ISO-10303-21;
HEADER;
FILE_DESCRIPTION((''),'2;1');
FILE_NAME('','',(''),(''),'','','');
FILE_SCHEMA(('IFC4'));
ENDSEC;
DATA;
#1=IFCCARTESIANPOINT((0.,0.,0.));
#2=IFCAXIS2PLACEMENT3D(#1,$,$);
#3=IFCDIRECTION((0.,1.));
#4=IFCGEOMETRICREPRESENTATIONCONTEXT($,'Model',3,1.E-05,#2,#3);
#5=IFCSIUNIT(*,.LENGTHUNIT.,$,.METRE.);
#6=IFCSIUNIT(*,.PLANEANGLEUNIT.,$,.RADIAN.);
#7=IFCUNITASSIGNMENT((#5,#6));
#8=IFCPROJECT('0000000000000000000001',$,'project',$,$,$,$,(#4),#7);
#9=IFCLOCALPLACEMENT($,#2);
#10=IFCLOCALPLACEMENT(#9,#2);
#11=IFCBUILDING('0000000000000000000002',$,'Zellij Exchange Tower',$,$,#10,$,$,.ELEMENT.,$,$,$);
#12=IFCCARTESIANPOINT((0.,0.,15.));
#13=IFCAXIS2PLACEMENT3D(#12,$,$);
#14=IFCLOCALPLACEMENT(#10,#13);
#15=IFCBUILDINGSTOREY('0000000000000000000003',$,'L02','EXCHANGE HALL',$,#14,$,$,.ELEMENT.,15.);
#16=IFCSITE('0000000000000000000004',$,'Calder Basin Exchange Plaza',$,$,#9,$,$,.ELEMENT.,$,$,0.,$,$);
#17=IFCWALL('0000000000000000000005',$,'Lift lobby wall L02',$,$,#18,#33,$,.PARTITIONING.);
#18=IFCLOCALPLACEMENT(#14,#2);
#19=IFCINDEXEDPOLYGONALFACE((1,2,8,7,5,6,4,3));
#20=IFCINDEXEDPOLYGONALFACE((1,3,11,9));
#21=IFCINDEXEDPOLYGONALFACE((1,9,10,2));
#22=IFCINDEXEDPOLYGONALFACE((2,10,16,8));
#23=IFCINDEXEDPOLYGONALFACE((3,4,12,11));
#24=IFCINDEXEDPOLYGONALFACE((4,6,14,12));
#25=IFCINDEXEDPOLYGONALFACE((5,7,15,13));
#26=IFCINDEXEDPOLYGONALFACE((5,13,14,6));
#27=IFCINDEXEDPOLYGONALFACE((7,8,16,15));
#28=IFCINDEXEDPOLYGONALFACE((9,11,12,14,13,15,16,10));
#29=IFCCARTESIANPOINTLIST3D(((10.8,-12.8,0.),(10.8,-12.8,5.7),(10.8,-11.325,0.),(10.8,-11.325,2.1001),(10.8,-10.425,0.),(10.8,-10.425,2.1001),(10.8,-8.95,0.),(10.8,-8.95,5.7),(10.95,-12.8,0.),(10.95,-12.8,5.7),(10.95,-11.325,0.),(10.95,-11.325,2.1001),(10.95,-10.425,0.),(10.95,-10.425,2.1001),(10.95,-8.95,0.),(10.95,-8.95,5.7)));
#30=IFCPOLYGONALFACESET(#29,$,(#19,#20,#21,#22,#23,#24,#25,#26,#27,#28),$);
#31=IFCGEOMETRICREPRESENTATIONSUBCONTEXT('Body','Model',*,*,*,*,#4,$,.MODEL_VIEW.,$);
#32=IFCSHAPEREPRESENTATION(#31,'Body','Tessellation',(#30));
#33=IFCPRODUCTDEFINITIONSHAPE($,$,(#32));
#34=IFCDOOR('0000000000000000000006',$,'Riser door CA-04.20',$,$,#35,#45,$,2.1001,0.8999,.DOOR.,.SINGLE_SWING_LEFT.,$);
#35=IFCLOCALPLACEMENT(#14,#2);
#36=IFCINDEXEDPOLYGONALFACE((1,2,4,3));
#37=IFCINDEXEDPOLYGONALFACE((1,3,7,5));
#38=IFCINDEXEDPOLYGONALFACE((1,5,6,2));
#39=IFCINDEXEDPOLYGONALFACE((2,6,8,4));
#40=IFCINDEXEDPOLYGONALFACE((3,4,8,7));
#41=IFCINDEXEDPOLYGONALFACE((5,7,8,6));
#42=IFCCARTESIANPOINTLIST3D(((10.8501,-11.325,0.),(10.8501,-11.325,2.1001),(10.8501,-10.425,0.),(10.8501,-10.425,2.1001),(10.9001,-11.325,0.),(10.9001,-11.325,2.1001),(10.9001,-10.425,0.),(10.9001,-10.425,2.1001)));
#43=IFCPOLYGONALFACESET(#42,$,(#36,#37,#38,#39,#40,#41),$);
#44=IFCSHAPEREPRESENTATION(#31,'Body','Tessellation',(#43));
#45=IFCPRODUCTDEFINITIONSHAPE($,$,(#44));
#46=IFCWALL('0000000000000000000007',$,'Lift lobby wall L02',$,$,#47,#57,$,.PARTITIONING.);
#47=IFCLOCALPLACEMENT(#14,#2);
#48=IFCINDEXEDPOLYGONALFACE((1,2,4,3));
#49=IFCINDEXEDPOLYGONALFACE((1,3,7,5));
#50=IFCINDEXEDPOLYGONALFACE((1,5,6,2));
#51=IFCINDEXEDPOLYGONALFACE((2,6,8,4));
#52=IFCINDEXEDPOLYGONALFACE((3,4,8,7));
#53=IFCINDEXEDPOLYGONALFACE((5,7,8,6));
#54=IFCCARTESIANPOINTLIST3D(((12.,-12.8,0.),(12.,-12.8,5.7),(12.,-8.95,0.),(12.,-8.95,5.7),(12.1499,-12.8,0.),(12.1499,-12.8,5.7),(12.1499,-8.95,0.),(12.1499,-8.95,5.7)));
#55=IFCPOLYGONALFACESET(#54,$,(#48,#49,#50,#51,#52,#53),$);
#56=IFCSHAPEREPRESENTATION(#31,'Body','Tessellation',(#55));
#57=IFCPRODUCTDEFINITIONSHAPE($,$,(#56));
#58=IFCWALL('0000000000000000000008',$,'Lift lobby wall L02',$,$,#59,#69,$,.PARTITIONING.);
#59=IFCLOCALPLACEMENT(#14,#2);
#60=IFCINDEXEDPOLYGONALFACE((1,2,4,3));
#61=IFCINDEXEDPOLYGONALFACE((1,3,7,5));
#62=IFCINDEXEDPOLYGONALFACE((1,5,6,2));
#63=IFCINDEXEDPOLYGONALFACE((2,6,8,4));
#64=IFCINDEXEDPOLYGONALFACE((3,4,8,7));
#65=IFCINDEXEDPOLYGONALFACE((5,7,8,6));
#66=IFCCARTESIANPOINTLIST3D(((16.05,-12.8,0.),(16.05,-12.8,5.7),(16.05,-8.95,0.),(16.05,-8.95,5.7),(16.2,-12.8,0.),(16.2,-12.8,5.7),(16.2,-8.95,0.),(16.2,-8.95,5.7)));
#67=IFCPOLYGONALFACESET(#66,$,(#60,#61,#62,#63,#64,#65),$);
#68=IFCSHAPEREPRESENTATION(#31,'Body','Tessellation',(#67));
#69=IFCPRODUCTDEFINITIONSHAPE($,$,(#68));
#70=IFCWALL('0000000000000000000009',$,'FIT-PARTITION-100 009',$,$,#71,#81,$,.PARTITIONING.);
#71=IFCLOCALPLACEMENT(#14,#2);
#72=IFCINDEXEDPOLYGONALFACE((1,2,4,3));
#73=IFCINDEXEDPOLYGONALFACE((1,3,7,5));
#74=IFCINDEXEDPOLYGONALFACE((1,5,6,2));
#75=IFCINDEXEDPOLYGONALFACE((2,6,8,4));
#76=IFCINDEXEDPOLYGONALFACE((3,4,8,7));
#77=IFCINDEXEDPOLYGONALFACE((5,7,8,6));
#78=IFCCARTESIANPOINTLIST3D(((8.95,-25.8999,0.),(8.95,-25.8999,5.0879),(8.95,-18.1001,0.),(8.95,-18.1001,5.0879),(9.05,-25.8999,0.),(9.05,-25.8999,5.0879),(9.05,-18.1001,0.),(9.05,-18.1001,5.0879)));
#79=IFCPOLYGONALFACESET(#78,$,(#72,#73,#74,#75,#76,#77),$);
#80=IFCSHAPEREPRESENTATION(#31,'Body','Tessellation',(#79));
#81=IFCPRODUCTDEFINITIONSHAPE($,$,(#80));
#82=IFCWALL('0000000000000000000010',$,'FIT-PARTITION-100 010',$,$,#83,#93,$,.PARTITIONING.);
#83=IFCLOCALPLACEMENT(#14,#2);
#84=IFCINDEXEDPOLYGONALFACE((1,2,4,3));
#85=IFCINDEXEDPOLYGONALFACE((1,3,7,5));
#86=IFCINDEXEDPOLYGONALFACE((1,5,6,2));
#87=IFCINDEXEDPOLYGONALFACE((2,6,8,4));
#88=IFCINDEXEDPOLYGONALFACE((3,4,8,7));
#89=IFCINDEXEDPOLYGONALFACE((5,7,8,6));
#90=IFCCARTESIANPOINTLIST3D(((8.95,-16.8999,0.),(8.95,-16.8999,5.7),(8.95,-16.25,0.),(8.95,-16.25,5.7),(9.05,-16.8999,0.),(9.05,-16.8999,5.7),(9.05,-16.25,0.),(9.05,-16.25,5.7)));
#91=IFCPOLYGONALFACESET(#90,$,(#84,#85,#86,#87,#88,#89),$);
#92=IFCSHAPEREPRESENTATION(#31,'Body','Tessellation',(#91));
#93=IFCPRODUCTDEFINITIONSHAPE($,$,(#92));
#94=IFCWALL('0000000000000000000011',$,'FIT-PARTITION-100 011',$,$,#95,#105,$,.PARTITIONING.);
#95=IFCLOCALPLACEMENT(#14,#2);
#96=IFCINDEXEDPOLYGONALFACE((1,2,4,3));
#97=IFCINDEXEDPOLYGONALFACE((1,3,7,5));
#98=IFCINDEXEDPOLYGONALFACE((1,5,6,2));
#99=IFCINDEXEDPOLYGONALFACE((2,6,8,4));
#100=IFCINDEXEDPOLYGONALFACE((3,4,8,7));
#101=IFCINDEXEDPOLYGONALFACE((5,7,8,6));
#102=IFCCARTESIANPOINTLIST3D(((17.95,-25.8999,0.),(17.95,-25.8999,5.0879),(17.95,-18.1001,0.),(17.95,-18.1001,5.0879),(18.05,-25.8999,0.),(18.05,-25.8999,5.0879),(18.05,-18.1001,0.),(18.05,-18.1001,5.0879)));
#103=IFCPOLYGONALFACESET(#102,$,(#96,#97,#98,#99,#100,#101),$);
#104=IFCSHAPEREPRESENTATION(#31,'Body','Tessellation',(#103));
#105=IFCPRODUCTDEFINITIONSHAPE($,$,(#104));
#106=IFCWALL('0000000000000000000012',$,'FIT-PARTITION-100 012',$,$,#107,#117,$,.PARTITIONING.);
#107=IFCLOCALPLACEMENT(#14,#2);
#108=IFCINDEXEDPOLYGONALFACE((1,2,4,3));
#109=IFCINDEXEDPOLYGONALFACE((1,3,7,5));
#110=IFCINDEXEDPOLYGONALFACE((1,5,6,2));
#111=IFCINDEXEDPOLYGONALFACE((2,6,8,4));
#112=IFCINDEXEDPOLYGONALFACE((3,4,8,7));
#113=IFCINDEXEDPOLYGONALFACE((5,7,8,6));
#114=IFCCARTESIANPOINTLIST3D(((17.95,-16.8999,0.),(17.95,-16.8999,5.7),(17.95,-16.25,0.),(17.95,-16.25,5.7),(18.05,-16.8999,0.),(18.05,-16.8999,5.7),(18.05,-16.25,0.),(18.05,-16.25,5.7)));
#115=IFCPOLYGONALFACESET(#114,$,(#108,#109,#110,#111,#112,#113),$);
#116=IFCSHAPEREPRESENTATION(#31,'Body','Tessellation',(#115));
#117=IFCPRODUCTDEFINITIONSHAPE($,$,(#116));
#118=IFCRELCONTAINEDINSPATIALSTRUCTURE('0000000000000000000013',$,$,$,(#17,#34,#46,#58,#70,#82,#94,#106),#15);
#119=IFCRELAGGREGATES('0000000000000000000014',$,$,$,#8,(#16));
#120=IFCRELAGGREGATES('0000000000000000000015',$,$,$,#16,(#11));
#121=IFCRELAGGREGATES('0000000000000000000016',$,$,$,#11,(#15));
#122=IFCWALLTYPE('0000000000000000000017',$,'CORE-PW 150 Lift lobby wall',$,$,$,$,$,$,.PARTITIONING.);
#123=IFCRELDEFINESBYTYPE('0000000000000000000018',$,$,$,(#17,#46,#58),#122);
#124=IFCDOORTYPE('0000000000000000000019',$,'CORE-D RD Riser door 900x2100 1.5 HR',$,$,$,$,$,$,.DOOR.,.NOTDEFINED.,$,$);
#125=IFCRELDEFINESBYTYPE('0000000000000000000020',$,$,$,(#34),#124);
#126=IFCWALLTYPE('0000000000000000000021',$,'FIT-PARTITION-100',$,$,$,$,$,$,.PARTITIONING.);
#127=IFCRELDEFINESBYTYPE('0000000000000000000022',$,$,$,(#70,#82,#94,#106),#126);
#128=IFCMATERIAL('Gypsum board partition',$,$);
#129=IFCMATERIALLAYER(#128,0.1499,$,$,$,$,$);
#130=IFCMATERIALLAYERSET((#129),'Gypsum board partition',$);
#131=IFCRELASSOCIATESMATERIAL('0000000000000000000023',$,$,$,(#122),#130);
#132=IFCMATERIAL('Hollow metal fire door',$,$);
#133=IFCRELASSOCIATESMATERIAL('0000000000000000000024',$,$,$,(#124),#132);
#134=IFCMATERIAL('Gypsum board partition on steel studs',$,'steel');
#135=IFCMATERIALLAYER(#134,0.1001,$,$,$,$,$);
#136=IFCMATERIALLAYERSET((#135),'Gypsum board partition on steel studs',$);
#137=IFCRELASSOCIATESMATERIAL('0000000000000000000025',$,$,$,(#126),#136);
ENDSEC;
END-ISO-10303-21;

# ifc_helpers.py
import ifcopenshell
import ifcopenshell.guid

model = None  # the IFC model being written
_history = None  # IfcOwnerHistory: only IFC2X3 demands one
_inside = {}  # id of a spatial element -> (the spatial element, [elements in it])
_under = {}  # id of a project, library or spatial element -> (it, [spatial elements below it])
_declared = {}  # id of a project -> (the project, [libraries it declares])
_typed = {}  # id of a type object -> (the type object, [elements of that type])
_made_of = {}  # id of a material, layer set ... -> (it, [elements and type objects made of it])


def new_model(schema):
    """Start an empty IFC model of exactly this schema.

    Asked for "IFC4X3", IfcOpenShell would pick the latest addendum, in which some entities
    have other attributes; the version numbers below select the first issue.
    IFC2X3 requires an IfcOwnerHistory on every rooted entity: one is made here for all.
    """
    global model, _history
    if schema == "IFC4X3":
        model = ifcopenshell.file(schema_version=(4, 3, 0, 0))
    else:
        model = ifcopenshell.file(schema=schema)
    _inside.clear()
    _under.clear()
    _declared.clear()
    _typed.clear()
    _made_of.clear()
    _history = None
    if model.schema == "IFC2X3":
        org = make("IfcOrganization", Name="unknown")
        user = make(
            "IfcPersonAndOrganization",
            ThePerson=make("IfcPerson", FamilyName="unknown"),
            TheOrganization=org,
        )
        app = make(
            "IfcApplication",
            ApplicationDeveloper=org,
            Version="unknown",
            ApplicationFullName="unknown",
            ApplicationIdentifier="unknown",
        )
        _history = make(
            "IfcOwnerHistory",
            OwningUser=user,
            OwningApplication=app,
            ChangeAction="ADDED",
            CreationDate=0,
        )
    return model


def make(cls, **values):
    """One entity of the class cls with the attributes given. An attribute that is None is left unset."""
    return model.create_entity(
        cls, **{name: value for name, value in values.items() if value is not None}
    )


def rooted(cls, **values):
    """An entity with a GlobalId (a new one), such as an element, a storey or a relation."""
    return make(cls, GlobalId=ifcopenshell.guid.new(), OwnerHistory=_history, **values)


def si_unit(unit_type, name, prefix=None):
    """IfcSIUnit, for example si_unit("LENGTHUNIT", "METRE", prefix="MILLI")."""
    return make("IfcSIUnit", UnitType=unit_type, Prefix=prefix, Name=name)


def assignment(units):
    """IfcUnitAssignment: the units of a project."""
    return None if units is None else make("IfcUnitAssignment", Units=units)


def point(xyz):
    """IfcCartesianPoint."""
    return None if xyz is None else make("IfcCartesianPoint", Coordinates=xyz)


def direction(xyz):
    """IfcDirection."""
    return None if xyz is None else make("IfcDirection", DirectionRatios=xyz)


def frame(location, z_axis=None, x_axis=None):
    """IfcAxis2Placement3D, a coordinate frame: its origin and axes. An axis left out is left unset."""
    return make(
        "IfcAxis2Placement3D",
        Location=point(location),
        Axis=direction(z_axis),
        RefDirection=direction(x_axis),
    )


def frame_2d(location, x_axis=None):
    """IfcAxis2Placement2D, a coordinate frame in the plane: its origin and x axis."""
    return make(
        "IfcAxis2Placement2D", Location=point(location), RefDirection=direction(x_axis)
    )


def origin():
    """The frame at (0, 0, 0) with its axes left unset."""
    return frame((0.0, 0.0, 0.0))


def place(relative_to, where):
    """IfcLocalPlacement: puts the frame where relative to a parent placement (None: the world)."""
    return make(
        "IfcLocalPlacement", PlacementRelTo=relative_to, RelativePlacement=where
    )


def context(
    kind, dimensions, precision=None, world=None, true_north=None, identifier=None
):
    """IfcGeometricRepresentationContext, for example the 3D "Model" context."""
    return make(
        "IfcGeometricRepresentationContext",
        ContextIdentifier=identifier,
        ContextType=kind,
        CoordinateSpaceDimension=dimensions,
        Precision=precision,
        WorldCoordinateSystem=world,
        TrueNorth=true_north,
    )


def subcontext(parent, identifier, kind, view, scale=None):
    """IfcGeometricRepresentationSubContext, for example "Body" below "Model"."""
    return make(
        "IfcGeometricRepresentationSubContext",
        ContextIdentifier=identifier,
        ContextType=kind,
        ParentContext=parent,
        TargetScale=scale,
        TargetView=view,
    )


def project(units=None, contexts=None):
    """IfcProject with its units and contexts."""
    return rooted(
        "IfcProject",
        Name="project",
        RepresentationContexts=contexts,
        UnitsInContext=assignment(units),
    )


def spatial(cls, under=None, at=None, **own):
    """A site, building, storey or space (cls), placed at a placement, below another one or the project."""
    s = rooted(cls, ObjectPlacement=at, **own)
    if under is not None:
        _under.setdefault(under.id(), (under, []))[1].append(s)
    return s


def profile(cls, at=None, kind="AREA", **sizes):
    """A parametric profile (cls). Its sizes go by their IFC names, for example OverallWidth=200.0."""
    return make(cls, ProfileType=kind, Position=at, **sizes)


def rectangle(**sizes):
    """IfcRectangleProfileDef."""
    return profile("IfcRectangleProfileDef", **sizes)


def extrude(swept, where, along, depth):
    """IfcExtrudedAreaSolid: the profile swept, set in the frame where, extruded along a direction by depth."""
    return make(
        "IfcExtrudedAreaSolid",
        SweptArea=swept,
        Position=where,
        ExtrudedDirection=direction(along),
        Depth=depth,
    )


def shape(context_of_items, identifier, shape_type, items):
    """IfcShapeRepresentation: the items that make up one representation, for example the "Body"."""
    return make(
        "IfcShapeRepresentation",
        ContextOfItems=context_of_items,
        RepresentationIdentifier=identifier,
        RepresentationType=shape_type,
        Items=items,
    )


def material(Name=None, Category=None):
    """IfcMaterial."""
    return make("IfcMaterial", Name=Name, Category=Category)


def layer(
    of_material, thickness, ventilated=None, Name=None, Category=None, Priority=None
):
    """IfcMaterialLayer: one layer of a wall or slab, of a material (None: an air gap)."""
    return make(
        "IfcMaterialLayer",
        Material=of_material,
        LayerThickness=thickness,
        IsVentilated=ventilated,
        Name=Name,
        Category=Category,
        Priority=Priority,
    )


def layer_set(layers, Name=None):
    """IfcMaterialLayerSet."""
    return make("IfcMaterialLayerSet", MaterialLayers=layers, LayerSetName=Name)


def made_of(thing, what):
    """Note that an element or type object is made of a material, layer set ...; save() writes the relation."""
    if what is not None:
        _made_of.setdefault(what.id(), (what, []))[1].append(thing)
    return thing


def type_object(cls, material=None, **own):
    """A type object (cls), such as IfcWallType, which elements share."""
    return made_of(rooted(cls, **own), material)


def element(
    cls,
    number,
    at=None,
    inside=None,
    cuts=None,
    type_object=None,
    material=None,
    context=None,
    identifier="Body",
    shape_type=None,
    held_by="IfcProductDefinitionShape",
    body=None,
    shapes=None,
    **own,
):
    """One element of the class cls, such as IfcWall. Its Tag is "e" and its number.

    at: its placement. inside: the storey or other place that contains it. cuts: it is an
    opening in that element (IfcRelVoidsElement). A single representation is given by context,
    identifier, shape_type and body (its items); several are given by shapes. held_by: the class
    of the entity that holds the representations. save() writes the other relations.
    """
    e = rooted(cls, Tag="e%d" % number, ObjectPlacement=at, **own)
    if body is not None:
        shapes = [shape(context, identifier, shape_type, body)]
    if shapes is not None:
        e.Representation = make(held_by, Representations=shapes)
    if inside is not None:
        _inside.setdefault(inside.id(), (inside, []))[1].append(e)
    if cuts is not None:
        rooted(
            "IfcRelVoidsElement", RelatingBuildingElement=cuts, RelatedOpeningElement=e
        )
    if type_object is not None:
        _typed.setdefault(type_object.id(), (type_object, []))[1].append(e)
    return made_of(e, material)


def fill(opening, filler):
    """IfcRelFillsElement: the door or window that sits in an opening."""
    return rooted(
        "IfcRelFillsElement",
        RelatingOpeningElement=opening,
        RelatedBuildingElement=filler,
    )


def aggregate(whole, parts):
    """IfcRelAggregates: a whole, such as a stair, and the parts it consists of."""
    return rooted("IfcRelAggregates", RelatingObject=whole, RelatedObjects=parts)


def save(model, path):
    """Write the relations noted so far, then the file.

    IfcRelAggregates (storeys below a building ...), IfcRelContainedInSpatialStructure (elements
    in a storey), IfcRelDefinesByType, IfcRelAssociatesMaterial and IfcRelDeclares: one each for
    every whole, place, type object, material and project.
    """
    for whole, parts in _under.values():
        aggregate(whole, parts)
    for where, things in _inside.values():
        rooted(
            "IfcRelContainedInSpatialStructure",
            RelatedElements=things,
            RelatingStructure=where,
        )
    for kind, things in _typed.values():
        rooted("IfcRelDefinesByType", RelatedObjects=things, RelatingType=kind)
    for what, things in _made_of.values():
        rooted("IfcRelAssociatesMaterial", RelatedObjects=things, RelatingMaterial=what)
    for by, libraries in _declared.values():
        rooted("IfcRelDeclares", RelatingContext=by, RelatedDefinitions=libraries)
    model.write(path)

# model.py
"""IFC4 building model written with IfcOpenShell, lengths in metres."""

from ifc_helpers import new_model, si_unit, direction, frame, frame_2d, origin, place, context, subcontext, project, spatial, rectangle, extrude, material, layer, layer_set, type_object, element, fill, save


model = new_model("IFC4")

# Units and contexts
model_context = context("Model", 3, precision=1e-05, world=origin(), true_north=direction((0.0, 1.0)))
body_context = subcontext(model_context, "Body", "Model", "MODEL_VIEW")
ifc_project = project(units=[si_unit("LENGTHUNIT", "METRE"), si_unit("PLANEANGLEUNIT", "RADIAN")], contexts=[model_context])

# Site, building, storey
site_placement = place(None, origin())
site = spatial("IfcSite", under=ifc_project, at=site_placement, Name="Calder Basin Exchange Plaza", CompositionType="ELEMENT", RefElevation=0.0)
building_placement = place(site_placement, origin())
building = spatial("IfcBuilding", under=site, at=building_placement, Name="Zellij Exchange Tower", CompositionType="ELEMENT")
storey_placement = place(building_placement, frame((0.0, 0.0, 15.0)))
storey = spatial("IfcBuildingStorey", under=building, at=storey_placement, Name="L02", Description="EXCHANGE HALL", CompositionType="ELEMENT", Elevation=15.0)

# Wall, opening, door
ifc_material_1 = material(Name="Gypsum board partition")
ifc_layer_1 = layer(ifc_material_1, 0.1499)
ifc_layer_set_1 = layer_set([ifc_layer_1], Name="Gypsum board partition")
wall_type_1 = type_object("IfcWallType", Name="CORE-PW 150 Lift lobby wall", PredefinedType="PARTITIONING", material=ifc_layer_set_1)
wall_1_placement = place(storey_placement, frame((10.875, -12.8, 0.0), z_axis=(0.0, 0.0, 1.0), x_axis=(0.0, 1.0, 0.0)))
wall_1 = element("IfcWall", 1, at=wall_1_placement, inside=storey, type_object=wall_type_1, Name="Lift lobby wall L02", PredefinedType="PARTITIONING", context=body_context, shape_type="SweptSolid", body=[
    extrude(rectangle(XDim=3.8501, YDim=0.1499, at=frame_2d((1.925, 0.0))), origin(), (0.0, 0.0, 1.0), 5.7),
])
opening_placement = place(wall_1_placement, frame((1.4751, 0.0, 0.0)))
opening = element("IfcOpeningElement", 2, at=opening_placement, cuts=wall_1, PredefinedType="OPENING", context=body_context, shape_type="SweptSolid", body=[
    extrude(rectangle(XDim=0.8999, YDim=2.1001, at=frame_2d((0.45, 1.05))), frame((0.0, 0.0869, 0.0), z_axis=(0.0, -1.0, 0.0), x_axis=(1.0, 0.0, 0.0)), (0.0, 0.0, 1.0), 0.1738),
])
ifc_material_2 = material(Name="Hollow metal fire door")
door_type = type_object("IfcDoorType", Name="CORE-D RD Riser door 900x2100 1.5 HR", OperationType="NOTDEFINED", PredefinedType="DOOR", material=ifc_material_2)
door_placement = place(opening_placement, origin())
door = element("IfcDoor", 3, at=door_placement, inside=storey, type_object=door_type, Name="Riser door CA-04.20", OperationType="SINGLE_SWING_LEFT", OverallHeight=2.1001, OverallWidth=0.8999, PredefinedType="DOOR", context=body_context, shape_type="SweptSolid", body=[
    extrude(rectangle(XDim=0.8999, YDim=2.1001, at=frame_2d((0.45, 1.05))), frame((0.0, 0.0249, 0.0), z_axis=(0.0, -1.0, 0.0), x_axis=(1.0, 0.0, 0.0)), (0.0, 0.0, 1.0), 0.05),
])
fill(opening, door)

# Walls
for number, where, z_axis, x_axis, name in (
    (4, (12.075, -12.8, 0.0), (0.0, 0.0, 1.0), (0.0, 1.0, 0.0), "Lift lobby wall L02"),
    (5, (16.125, -12.8, 0.0), (0.0, 0.0, 1.0), (0.0, 1.0, 0.0), "Lift lobby wall L02"),
):
    element("IfcWall", number, at=place(storey_placement, frame(where, z_axis=z_axis, x_axis=x_axis)), inside=storey, type_object=wall_type_1, Name=name, PredefinedType="PARTITIONING", context=body_context, shape_type="SweptSolid", body=[
        extrude(rectangle(XDim=3.8501, YDim=0.1499, at=frame_2d((1.925, 0.0))), origin(), (0.0, 0.0, 1.0), 5.7),
    ])
ifc_material_3 = material(Name="Gypsum board partition on steel studs", Category="steel")
ifc_layer_2 = layer(ifc_material_3, 0.1001)
ifc_layer_set_2 = layer_set([ifc_layer_2], Name="Gypsum board partition on steel studs")
wall_type_2 = type_object("IfcWallType", Name="FIT-PARTITION-100", PredefinedType="PARTITIONING", material=ifc_layer_set_2)
wall_2_placement = place(storey_placement, frame((9.0, -25.8999, 0.0), z_axis=(0.0, 0.0, 1.0), x_axis=(0.0, 1.0, 0.0)))
element("IfcWall", 6, at=wall_2_placement, inside=storey, type_object=wall_type_2, Name="FIT-PARTITION-100 009", PredefinedType="PARTITIONING", context=body_context, shape_type="SweptSolid", body=[
    extrude(rectangle(XDim=7.7998, YDim=0.1001, at=frame_2d((3.8999, 0.0))), origin(), (0.0, 0.0, 1.0), 5.0879),
])
wall_3_placement = place(storey_placement, frame((9.0, -16.8999, 0.0), z_axis=(0.0, 0.0, 1.0), x_axis=(0.0, 1.0, 0.0)))
element("IfcWall", 7, at=wall_3_placement, inside=storey, type_object=wall_type_2, Name="FIT-PARTITION-100 010", PredefinedType="PARTITIONING", context=body_context, shape_type="SweptSolid", body=[
    extrude(rectangle(XDim=0.6499, YDim=0.1001, at=frame_2d((0.325, 0.0))), origin(), (0.0, 0.0, 1.0), 5.7),
])
wall_4_placement = place(storey_placement, frame((18.0, -25.8999, 0.0), z_axis=(0.0, 0.0, 1.0), x_axis=(0.0, 1.0, 0.0)))
element("IfcWall", 8, at=wall_4_placement, inside=storey, type_object=wall_type_2, Name="FIT-PARTITION-100 011", PredefinedType="PARTITIONING", context=body_context, shape_type="SweptSolid", body=[
    extrude(rectangle(XDim=7.7998, YDim=0.1001, at=frame_2d((3.8999, 0.0))), origin(), (0.0, 0.0, 1.0), 5.0879),
])
wall_5_placement = place(storey_placement, frame((18.0, -16.8999, 0.0), z_axis=(0.0, 0.0, 1.0), x_axis=(0.0, 1.0, 0.0)))
element("IfcWall", 9, at=wall_5_placement, inside=storey, type_object=wall_type_2, Name="FIT-PARTITION-100 012", PredefinedType="PARTITIONING", context=body_context, shape_type="SweptSolid", body=[
    extrude(rectangle(XDim=0.6499, YDim=0.1001, at=frame_2d((0.325, 0.0))), origin(), (0.0, 0.0, 1.0), 5.7),
])

save(model, "model.ifc")
